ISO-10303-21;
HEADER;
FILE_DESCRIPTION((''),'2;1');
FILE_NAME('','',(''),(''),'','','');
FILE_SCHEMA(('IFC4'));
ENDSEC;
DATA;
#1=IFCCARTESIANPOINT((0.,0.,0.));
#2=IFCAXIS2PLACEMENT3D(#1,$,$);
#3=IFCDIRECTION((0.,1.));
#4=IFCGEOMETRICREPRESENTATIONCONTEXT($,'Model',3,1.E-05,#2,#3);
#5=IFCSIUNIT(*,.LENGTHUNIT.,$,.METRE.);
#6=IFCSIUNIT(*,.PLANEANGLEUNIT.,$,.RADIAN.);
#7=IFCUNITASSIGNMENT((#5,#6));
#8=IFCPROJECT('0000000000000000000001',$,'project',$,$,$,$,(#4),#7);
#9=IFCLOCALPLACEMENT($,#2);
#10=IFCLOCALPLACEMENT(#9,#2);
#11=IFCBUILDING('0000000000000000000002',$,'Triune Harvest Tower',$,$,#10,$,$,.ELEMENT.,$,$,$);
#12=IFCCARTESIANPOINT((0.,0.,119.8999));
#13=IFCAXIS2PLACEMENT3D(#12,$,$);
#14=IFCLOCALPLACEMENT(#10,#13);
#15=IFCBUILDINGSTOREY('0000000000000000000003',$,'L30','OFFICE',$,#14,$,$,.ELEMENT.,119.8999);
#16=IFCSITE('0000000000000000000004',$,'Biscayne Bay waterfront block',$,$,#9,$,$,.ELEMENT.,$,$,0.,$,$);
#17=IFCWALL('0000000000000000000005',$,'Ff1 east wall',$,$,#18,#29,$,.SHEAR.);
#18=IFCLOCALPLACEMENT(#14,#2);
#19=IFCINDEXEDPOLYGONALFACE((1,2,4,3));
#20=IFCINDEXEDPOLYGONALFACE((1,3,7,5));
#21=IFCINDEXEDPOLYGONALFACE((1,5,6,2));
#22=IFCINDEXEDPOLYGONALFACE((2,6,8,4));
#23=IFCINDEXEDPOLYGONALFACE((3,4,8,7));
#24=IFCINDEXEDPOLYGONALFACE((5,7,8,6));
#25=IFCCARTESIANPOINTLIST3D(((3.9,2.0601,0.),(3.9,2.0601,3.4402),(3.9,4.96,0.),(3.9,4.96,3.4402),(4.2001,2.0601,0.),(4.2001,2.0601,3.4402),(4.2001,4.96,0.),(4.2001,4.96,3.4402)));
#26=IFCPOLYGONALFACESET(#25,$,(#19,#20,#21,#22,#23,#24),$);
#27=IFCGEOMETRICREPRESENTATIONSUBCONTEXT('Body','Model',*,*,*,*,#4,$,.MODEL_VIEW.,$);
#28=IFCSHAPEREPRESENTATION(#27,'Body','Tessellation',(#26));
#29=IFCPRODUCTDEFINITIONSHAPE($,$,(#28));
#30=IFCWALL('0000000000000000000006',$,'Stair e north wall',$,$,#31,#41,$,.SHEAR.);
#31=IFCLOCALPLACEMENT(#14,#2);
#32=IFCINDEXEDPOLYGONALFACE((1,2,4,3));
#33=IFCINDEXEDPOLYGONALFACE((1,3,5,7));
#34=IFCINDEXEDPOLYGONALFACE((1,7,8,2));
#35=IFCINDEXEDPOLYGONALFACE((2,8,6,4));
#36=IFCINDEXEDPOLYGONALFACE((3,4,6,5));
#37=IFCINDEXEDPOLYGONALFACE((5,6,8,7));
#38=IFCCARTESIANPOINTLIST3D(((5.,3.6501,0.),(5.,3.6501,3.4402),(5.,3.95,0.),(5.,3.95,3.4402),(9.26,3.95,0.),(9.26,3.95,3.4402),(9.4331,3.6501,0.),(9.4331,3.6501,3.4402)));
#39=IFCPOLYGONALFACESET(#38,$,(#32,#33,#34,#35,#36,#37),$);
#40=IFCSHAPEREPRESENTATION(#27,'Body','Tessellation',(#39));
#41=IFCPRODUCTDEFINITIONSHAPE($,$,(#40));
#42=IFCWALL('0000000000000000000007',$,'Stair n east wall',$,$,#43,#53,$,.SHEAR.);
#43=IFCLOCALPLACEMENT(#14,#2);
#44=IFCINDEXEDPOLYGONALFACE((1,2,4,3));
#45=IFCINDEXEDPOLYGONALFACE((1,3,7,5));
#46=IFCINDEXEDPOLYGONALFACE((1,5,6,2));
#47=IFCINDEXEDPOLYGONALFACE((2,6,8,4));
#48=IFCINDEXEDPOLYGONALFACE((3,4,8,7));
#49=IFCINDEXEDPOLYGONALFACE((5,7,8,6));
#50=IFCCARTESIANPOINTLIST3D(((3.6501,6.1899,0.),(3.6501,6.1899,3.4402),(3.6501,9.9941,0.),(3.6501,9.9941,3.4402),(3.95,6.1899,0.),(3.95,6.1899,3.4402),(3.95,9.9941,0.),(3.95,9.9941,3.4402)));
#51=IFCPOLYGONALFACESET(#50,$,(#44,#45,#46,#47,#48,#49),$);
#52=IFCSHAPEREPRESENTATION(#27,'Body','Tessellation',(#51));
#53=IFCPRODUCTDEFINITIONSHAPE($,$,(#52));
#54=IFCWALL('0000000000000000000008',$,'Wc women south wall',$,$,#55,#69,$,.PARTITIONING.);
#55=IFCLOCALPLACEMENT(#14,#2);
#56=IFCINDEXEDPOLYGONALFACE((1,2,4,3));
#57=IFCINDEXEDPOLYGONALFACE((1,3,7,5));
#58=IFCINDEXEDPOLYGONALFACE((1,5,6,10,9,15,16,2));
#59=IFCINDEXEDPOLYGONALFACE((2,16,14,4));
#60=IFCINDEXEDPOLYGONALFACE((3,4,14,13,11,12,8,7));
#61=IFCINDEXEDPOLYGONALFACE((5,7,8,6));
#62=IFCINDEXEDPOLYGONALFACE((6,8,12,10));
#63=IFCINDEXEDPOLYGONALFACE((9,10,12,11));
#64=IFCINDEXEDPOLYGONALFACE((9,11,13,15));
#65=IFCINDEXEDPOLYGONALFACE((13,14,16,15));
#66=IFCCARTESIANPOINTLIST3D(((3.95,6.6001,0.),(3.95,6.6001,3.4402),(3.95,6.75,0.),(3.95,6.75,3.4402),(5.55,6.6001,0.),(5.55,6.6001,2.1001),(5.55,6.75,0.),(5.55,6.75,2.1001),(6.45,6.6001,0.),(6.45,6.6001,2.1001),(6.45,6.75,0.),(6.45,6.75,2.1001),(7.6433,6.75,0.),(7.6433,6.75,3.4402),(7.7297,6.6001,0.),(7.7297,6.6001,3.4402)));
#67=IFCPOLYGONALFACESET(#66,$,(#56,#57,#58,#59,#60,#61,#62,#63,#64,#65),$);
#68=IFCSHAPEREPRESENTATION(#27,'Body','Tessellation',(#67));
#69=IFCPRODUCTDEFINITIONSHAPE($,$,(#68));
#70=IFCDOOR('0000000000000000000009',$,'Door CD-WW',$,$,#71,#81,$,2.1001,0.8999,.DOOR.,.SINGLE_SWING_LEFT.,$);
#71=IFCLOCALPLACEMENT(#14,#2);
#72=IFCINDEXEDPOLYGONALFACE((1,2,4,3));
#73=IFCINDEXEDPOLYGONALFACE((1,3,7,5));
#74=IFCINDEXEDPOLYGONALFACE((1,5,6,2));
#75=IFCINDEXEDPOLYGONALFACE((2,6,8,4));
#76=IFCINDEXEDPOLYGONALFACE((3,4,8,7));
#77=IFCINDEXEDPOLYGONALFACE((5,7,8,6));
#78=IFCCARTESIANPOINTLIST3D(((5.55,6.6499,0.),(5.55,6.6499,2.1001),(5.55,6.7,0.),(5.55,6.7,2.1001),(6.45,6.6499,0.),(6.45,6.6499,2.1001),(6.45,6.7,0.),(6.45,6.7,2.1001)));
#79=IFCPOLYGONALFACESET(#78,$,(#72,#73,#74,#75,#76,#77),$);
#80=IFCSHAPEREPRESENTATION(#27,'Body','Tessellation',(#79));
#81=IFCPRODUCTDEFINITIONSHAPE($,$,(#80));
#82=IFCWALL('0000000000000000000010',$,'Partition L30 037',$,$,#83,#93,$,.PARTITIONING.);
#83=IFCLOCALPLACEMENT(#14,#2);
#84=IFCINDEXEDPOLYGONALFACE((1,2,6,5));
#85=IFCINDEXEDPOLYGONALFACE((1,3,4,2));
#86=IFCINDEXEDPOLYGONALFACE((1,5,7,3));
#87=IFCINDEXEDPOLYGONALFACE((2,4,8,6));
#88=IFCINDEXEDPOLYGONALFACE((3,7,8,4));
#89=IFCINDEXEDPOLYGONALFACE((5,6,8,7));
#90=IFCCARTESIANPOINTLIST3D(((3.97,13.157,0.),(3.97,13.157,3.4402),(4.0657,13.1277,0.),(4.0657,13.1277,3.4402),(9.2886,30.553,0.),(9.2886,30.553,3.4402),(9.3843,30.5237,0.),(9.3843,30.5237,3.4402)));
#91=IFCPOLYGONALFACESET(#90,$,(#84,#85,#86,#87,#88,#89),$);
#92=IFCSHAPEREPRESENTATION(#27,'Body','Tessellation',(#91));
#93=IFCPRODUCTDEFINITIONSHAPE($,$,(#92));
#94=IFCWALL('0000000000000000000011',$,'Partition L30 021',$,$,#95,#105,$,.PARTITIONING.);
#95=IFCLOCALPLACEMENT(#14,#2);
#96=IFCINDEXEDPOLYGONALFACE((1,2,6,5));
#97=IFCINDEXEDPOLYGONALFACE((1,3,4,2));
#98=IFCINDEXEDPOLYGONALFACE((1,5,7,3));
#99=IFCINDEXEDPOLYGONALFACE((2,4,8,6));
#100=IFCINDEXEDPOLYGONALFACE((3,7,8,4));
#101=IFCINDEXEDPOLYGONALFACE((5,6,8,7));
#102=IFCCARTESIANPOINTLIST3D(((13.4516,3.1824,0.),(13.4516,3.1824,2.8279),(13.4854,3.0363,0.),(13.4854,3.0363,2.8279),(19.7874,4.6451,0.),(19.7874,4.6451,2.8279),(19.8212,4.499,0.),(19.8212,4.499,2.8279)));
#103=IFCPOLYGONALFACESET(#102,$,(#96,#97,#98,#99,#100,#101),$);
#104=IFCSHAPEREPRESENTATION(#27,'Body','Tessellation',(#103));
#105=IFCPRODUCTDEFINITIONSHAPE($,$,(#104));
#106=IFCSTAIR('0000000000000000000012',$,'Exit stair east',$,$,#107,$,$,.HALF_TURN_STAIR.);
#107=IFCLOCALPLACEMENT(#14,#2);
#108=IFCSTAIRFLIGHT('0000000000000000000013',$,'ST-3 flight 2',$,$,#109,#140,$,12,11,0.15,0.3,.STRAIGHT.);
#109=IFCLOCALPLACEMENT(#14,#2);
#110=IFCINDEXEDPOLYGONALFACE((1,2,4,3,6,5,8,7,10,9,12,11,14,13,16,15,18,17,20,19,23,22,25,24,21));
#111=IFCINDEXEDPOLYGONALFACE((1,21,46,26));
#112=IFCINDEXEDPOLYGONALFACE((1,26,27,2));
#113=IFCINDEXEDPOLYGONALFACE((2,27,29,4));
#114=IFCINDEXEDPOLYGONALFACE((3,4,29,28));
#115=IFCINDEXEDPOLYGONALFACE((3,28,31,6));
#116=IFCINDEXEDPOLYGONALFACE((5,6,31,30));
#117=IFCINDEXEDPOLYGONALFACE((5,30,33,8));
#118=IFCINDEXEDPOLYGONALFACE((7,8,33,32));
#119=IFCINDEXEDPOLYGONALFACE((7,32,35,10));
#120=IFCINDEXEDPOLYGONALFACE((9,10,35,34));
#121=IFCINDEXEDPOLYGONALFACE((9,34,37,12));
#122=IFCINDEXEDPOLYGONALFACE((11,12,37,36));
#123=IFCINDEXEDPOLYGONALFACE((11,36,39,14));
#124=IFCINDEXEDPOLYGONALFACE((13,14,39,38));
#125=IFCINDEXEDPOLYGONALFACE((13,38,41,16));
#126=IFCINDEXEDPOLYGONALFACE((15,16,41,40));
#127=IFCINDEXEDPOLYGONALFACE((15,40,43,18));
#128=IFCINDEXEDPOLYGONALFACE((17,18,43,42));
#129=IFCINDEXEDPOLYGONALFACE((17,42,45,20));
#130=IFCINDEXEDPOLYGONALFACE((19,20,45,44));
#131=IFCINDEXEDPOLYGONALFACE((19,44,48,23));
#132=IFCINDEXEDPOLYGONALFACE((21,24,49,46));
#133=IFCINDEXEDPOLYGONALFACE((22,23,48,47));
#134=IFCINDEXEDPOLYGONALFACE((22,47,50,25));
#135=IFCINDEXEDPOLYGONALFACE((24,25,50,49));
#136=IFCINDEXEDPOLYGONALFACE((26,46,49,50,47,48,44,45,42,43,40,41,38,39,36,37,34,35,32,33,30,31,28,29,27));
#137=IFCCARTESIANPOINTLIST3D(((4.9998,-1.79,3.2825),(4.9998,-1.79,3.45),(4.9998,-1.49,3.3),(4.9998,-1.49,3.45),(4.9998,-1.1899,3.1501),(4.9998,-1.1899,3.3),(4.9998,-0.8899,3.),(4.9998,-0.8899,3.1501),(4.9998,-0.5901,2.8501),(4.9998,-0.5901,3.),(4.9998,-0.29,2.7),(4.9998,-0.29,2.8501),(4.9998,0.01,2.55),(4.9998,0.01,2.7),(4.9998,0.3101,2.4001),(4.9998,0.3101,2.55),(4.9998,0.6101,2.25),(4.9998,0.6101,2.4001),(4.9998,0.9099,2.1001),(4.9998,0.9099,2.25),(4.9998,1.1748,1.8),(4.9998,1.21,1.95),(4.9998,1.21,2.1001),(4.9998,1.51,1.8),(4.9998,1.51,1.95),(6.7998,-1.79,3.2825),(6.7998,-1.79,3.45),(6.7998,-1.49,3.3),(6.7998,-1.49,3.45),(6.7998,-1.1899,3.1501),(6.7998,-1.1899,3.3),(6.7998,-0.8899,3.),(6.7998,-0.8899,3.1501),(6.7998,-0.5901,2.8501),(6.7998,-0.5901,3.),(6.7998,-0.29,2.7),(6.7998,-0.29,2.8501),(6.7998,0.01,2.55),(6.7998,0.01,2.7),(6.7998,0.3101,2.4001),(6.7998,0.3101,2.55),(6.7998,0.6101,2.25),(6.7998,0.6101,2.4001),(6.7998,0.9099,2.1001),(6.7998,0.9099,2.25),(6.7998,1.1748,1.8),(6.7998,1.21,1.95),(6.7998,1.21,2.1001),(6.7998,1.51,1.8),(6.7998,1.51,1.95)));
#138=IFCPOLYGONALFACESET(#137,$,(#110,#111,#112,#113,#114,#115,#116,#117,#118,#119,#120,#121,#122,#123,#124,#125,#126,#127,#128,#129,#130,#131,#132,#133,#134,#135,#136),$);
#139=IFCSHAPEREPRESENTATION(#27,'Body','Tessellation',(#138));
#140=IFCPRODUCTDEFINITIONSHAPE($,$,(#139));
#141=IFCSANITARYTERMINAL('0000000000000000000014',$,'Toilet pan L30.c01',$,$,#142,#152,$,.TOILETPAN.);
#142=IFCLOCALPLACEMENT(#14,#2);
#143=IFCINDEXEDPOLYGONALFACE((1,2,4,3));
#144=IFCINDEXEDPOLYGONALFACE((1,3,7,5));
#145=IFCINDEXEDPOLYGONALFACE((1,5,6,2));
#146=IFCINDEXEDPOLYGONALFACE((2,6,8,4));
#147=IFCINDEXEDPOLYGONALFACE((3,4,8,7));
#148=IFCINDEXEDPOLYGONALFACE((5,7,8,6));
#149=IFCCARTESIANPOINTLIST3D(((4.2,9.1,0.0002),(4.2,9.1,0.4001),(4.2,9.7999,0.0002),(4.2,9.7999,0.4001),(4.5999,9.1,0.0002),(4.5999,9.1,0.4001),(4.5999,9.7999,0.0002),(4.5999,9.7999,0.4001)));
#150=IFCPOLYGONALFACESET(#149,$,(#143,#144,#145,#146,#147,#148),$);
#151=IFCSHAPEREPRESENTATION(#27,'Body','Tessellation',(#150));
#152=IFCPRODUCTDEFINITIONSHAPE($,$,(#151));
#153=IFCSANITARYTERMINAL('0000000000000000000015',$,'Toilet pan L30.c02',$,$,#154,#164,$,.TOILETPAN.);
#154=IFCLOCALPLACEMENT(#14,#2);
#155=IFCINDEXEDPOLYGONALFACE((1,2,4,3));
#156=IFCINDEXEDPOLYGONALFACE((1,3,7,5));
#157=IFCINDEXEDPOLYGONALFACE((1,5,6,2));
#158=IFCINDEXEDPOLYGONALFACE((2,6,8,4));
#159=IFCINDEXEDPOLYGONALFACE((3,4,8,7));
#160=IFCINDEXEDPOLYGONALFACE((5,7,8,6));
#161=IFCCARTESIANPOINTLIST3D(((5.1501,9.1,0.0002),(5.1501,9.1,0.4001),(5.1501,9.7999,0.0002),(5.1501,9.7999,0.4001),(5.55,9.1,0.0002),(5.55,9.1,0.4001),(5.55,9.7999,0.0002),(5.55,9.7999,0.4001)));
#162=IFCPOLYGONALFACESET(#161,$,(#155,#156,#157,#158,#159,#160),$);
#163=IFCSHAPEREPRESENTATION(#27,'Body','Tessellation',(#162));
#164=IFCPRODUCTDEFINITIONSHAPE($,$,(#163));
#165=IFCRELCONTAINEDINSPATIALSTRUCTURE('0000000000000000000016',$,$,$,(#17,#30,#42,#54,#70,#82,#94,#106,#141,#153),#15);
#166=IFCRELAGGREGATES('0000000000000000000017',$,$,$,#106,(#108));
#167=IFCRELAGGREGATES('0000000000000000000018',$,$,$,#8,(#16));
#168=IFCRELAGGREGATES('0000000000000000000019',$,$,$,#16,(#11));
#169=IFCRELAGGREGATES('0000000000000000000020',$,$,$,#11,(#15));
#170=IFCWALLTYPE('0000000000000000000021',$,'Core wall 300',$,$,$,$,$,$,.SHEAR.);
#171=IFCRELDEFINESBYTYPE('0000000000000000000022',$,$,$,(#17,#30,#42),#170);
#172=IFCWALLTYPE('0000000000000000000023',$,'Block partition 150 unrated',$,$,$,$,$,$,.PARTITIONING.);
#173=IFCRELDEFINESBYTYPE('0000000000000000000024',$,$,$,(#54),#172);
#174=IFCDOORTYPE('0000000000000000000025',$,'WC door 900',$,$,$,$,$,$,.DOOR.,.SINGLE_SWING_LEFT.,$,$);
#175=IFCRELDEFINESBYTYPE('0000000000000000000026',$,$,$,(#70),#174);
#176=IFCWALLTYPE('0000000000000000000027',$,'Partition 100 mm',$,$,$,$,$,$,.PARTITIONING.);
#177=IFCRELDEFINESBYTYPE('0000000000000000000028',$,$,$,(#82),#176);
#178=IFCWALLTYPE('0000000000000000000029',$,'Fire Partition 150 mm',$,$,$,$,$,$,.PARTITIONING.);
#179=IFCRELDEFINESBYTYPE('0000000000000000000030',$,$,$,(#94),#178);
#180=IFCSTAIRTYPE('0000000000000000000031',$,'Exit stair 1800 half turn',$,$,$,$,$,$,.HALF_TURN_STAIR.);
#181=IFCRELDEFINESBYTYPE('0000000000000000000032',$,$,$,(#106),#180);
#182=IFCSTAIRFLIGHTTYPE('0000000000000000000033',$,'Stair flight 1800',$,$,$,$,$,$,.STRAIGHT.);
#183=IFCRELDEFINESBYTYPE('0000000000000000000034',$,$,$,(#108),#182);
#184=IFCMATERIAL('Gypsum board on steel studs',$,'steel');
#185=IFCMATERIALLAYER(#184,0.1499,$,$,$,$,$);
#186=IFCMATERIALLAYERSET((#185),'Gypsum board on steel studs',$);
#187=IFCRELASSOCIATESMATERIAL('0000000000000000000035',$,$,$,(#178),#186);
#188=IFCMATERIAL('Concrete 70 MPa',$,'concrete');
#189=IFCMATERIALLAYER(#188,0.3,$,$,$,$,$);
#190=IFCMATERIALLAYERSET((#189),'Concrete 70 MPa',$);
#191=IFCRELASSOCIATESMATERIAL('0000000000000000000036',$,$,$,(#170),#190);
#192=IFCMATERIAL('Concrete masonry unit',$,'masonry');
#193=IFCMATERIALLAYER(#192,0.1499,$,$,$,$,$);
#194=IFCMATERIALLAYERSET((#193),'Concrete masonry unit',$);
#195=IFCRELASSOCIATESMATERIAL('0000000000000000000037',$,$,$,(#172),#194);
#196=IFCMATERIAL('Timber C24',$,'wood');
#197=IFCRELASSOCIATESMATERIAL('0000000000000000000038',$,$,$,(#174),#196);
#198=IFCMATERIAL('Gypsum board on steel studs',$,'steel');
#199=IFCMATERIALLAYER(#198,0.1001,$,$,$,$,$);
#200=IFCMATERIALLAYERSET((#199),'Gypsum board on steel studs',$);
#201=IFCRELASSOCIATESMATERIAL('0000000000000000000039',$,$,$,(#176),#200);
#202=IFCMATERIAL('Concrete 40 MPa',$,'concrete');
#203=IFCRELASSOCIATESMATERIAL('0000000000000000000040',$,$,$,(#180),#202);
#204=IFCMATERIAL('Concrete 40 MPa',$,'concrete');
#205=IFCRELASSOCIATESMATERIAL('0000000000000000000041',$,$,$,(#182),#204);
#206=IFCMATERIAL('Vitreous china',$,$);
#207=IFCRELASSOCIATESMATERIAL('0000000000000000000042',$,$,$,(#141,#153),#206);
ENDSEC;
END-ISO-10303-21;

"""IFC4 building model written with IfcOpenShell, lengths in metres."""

from ifc_helpers import new_model, si_unit, direction, frame, frame_2d, origin, origin_2d, place, context, subcontext, project, spatial, polyline, rectangle, outline, extrude, source, transform, mapped, material, layer, layer_set, type_object, element, fill, aggregate, save


model = new_model("IFC4")

# Units and contexts
model_context = context("Model", 3, precision=1e-05, world=origin(), true_north=direction((0.0, 1.0)))
body_context = subcontext(model_context, "Body", "Model", "MODEL_VIEW")
ifc_project = project(units=[si_unit("LENGTHUNIT", "METRE"), si_unit("PLANEANGLEUNIT", "RADIAN")], contexts=[model_context])

# Site, building, storey
site_placement = place(None, origin())
site = spatial("IfcSite", under=ifc_project, at=site_placement, Name="Biscayne Bay waterfront block", CompositionType="ELEMENT", RefElevation=0.0)
building_placement = place(site_placement, origin())
building = spatial("IfcBuilding", under=site, at=building_placement, Name="Triune Harvest Tower", CompositionType="ELEMENT")
storey_placement = place(building_placement, frame((0.0, 0.0, 119.8999)))
storey = spatial("IfcBuildingStorey", under=building, at=storey_placement, Name="L30", Description="OFFICE", CompositionType="ELEMENT", Elevation=119.8999)

# Shared definitions
ifc_material_1 = material(Name="Gypsum board on steel studs", Category="steel")
ifc_layer_1 = layer(ifc_material_1, 0.1499)
ifc_layer_set_1 = layer_set([ifc_layer_1], Name="Gypsum board on steel studs")
wall_type_1 = type_object("IfcWallType", Name="Fire Partition 150 mm", PredefinedType="PARTITIONING", material=ifc_layer_set_1)

# Shared definitions
ifc_material_2 = material(Name="Concrete 70 MPa", Category="concrete")
ifc_layer_2 = layer(ifc_material_2, 0.3)
ifc_layer_set_2 = layer_set([ifc_layer_2], Name="Concrete 70 MPa")
wall_type_2 = type_object("IfcWallType", Name="Core wall 300", PredefinedType="SHEAR", material=ifc_layer_set_2)

# Walls
shared_shape_1 = source(origin(), body_context, "Body", "SweptSolid", [
    extrude(rectangle(XDim=2.8999, YDim=0.3, at=frame_2d((1.45, 0.0))), origin(), (0.0, 0.0, 1.0), 3.4402),
])
wall_1_placement = place(storey_placement, frame((4.05, 2.0601, 0.0), z_axis=(0.0, 0.0, 1.0), x_axis=(0.0, 1.0, 0.0)))
element("IfcWall", 1, at=wall_1_placement, inside=storey, type_object=wall_type_2, Name="Ff1 east wall", PredefinedType="SHEAR", context=body_context, shape_type="MappedRepresentation", body=[
    mapped(shared_shape_1, transform((0.0, 0.0, 0.0), scale=1.0)),
])
shared_shape_2 = source(origin(), body_context, "Body", "SweptSolid", [
    extrude(outline(polyline([(0.0, -0.1499), (0.0, 0.1499), (4.26, 0.1499), (4.4331, -0.1499), (0.0, -0.1499)])), origin(), (0.0, 0.0, 1.0), 3.4402),
])
wall_2_placement = place(storey_placement, frame((5.0, 3.8, 0.0), z_axis=(0.0, 0.0, 1.0), x_axis=(1.0, 0.0, 0.0)))
element("IfcWall", 2, at=wall_2_placement, inside=storey, type_object=wall_type_2, Name="Stair e north wall", PredefinedType="SHEAR", context=body_context, shape_type="MappedRepresentation", body=[
    mapped(shared_shape_2, transform((0.0, 0.0, 0.0), scale=1.0)),
])
shared_shape_3 = source(origin(), body_context, "Body", "SweptSolid", [
    extrude(outline(polyline([(0.0, -0.1499), (0.0, 0.1499), (3.8042, 0.1499), (3.8042, -0.1499), (0.0, -0.1499)])), origin(), (0.0, 0.0, 1.0), 3.4402),
])
wall_3_placement = place(storey_placement, frame((3.8, 6.1899, 0.0), z_axis=(0.0, 0.0, 1.0), x_axis=(0.0, 1.0, 0.0)))
element("IfcWall", 3, at=wall_3_placement, inside=storey, type_object=wall_type_2, Name="Stair n east wall", PredefinedType="SHEAR", context=body_context, shape_type="MappedRepresentation", body=[
    mapped(shared_shape_3, transform((0.0, 0.0, 0.0), scale=1.0)),
])

# Wall, opening, door
ifc_material_3 = material(Name="Concrete masonry unit", Category="masonry")
ifc_layer_3 = layer(ifc_material_3, 0.1499)
ifc_layer_set_3 = layer_set([ifc_layer_3], Name="Concrete masonry unit")
wall_type_3 = type_object("IfcWallType", Name="Block partition 150 unrated", PredefinedType="PARTITIONING", material=ifc_layer_set_3)
shared_shape_4 = source(origin(), body_context, "Body", "SweptSolid", [
    extrude(outline(polyline([(0.0, -0.075), (0.0, 0.075), (3.6934, 0.075), (3.7798, -0.075), (0.0, -0.075)])), origin(), (0.0, 0.0, 1.0), 3.4402),
])
wall_4_placement = place(storey_placement, frame((3.95, 6.675, 0.0), z_axis=(0.0, 0.0, 1.0), x_axis=(1.0, 0.0, 0.0)))
wall_4 = element("IfcWall", 4, at=wall_4_placement, inside=storey, type_object=wall_type_3, Name="Wc women south wall", PredefinedType="PARTITIONING", context=body_context, shape_type="MappedRepresentation", body=[
    mapped(shared_shape_4, transform((0.0, 0.0, 0.0), scale=1.0)),
])
opening_1_placement = place(wall_4_placement, frame((1.6001, 0.0, 0.0)))
opening_1 = element("IfcOpeningElement", 5, at=opening_1_placement, cuts=wall_4, PredefinedType="OPENING", context=body_context, shape_type="SweptSolid", body=[
    extrude(rectangle(XDim=0.8999, YDim=2.1001, at=frame_2d((0.45, 1.05))), frame((0.0, 0.085, 0.0), z_axis=(0.0, -1.0, 0.0), x_axis=(1.0, 0.0, 0.0)), (0.0, 0.0, 1.0), 0.1699),
])
ifc_material_4 = material(Name="Timber C24", Category="wood")
door_type_1 = type_object("IfcDoorType", Name="WC door 900", OperationType="SINGLE_SWING_LEFT", PredefinedType="DOOR", material=ifc_material_4)
door_1_placement = place(opening_1_placement, origin())
door_1 = element("IfcDoor", 6, at=door_1_placement, inside=storey, type_object=door_type_1, Name="Door CD-WW", OperationType="SINGLE_SWING_LEFT", OverallHeight=2.1001, OverallWidth=0.8999, PredefinedType="DOOR", context=body_context, shape_type="SweptSolid", body=[
    extrude(rectangle(XDim=0.8999, YDim=2.1001, at=frame_2d((0.45, 1.05))), frame((0.0, 0.0249, 0.0), z_axis=(0.0, -1.0, 0.0), x_axis=(1.0, 0.0, 0.0)), (0.0, 0.0, 1.0), 0.05),
])
fill(opening_1, door_1)

# Walls
ifc_material_5 = material(Name="Gypsum board on steel studs", Category="steel")
ifc_layer_4 = layer(ifc_material_5, 0.1001)
ifc_layer_set_4 = layer_set([ifc_layer_4], Name="Gypsum board on steel studs")
wall_type_4 = type_object("IfcWallType", Name="Partition 100 mm", PredefinedType="PARTITIONING", material=ifc_layer_set_4)
shared_shape_5 = source(origin(), body_context, "Body", "SweptSolid", [
    extrude(rectangle(XDim=18.1909, YDim=0.1001, at=frame_2d((9.0955, 0.0))), origin(), (0.0, 0.0, 1.0), 3.4402),
])
wall_5_placement = place(storey_placement, frame((4.0178, 13.1423, 0.0), z_axis=(0.0, 0.0, 1.0), x_axis=(0.292377, 0.956303, 0.0)))
element("IfcWall", 7, at=wall_5_placement, inside=storey, type_object=wall_type_4, Name="Partition L30 037", PredefinedType="PARTITIONING", context=body_context, shape_type="MappedRepresentation", body=[
    mapped(shared_shape_5, transform((0.0, 0.0, 0.0), scale=1.0)),
])
shared_shape_6 = source(origin(), body_context, "Body", "SweptSolid", [
    extrude(rectangle(XDim=6.5024, YDim=0.1499, at=frame_2d((3.2512, 0.0))), origin(), (0.0, 0.0, 1.0), 2.8279),
])
wall_6_placement = place(storey_placement, frame((13.4685, 3.1094, 0.0), z_axis=(0.0, 0.0, 1.0), x_axis=(0.974372, 0.224942, 0.0)))
element("IfcWall", 8, at=wall_6_placement, inside=storey, type_object=wall_type_1, Name="Partition L30 021", PredefinedType="PARTITIONING", context=body_context, shape_type="MappedRepresentation", body=[
    mapped(shared_shape_6, transform((0.0, 0.0, 0.0), scale=1.0)),
])

# Stair, stair flight
ifc_material_6 = material(Name="Concrete 40 MPa", Category="concrete")
stair_type = type_object("IfcStairType", Name="Exit stair 1800 half turn", PredefinedType="HALF_TURN_STAIR", material=ifc_material_6)
stair_placement = place(storey_placement, origin())
stair = element("IfcStair", 9, at=stair_placement, inside=storey, type_object=stair_type, Name="Exit stair east", PredefinedType="HALF_TURN_STAIR")
ifc_material_7 = material(Name="Concrete 40 MPa", Category="concrete")
stair_flight_type = type_object("IfcStairFlightType", Name="Stair flight 1800", PredefinedType="STRAIGHT", material=ifc_material_7)
shared_shape_7 = source(origin(), body_context, "Body", "SweptSolid", [
    extrude(outline(polyline([(0.0, 0.0), (0.0, 0.1499), (0.3, 0.1499), (0.3, 0.3), (0.6001, 0.3), (0.6001, 0.45), (0.8999, 0.45), (0.8999, 0.6001), (1.2, 0.6001), (1.2, 0.75), (1.5, 0.75), (1.5, 0.8999), (1.8, 0.8999), (1.8, 1.05), (2.1001, 1.05), (2.1001, 1.2), (2.3999, 1.2), (2.3999, 1.3501), (2.7, 1.3501), (2.7, 1.5), (3.0, 1.5), (3.0, 1.6499), (3.3, 1.6499), (3.3, 1.8), (3.3, 1.4824), (0.3352, 0.0), (0.0, 0.0)])), frame((0.0, 0.8999, 0.0), z_axis=(0.0, -1.0, 0.0), x_axis=(1.0, 0.0, 0.0)), (0.0, 0.0, 1.0), 1.8),
])
stair_flight_placement = place(storey_placement, frame((5.8999, 1.51, 1.8), z_axis=(0.0, 0.0, 1.0), x_axis=(0.0, -1.0, 0.0)))
stair_flight = element("IfcStairFlight", 10, at=stair_flight_placement, type_object=stair_flight_type, Name="ST-3 flight 2", NumberOfRisers=12, NumberOfTreads=11, PredefinedType="STRAIGHT", RiserHeight=0.15, TreadLength=0.3, context=body_context, shape_type="MappedRepresentation", body=[
    mapped(shared_shape_7, transform((0.0, 0.0, 0.0), scale=1.0)),
])
aggregate(stair, [stair_flight])

# Sanitary terminals
ifc_material_8 = material(Name="Vitreous china")
shared_shape_8 = source(origin(), body_context, "Body", "SweptSolid", [
    extrude(rectangle(XDim=0.3999, YDim=0.7, at=origin_2d()), origin(), (0.0, 0.0, 1.0), 0.3999),
])
for number, where, z_axis, x_axis, name in (
    (11, (4.3999, 9.45, 0.0002), (0.0, 0.0, 1.0), (1.0, 0.0, 0.0), "Toilet pan L30.c01"),
    (12, (5.3501, 9.45, 0.0002), (0.0, 0.0, 1.0), (1.0, 0.0, 0.0), "Toilet pan L30.c02"),
):
    element("IfcSanitaryTerminal", number, at=place(storey_placement, frame(where, z_axis=z_axis, x_axis=x_axis)), inside=storey, material=ifc_material_8, Name=name, PredefinedType="TOILETPAN", context=body_context, shape_type="MappedRepresentation", body=[
        mapped(shared_shape_8, transform((0.0, 0.0, 0.0), scale=1.0)),
    ])

save(model, "model.ifc")
